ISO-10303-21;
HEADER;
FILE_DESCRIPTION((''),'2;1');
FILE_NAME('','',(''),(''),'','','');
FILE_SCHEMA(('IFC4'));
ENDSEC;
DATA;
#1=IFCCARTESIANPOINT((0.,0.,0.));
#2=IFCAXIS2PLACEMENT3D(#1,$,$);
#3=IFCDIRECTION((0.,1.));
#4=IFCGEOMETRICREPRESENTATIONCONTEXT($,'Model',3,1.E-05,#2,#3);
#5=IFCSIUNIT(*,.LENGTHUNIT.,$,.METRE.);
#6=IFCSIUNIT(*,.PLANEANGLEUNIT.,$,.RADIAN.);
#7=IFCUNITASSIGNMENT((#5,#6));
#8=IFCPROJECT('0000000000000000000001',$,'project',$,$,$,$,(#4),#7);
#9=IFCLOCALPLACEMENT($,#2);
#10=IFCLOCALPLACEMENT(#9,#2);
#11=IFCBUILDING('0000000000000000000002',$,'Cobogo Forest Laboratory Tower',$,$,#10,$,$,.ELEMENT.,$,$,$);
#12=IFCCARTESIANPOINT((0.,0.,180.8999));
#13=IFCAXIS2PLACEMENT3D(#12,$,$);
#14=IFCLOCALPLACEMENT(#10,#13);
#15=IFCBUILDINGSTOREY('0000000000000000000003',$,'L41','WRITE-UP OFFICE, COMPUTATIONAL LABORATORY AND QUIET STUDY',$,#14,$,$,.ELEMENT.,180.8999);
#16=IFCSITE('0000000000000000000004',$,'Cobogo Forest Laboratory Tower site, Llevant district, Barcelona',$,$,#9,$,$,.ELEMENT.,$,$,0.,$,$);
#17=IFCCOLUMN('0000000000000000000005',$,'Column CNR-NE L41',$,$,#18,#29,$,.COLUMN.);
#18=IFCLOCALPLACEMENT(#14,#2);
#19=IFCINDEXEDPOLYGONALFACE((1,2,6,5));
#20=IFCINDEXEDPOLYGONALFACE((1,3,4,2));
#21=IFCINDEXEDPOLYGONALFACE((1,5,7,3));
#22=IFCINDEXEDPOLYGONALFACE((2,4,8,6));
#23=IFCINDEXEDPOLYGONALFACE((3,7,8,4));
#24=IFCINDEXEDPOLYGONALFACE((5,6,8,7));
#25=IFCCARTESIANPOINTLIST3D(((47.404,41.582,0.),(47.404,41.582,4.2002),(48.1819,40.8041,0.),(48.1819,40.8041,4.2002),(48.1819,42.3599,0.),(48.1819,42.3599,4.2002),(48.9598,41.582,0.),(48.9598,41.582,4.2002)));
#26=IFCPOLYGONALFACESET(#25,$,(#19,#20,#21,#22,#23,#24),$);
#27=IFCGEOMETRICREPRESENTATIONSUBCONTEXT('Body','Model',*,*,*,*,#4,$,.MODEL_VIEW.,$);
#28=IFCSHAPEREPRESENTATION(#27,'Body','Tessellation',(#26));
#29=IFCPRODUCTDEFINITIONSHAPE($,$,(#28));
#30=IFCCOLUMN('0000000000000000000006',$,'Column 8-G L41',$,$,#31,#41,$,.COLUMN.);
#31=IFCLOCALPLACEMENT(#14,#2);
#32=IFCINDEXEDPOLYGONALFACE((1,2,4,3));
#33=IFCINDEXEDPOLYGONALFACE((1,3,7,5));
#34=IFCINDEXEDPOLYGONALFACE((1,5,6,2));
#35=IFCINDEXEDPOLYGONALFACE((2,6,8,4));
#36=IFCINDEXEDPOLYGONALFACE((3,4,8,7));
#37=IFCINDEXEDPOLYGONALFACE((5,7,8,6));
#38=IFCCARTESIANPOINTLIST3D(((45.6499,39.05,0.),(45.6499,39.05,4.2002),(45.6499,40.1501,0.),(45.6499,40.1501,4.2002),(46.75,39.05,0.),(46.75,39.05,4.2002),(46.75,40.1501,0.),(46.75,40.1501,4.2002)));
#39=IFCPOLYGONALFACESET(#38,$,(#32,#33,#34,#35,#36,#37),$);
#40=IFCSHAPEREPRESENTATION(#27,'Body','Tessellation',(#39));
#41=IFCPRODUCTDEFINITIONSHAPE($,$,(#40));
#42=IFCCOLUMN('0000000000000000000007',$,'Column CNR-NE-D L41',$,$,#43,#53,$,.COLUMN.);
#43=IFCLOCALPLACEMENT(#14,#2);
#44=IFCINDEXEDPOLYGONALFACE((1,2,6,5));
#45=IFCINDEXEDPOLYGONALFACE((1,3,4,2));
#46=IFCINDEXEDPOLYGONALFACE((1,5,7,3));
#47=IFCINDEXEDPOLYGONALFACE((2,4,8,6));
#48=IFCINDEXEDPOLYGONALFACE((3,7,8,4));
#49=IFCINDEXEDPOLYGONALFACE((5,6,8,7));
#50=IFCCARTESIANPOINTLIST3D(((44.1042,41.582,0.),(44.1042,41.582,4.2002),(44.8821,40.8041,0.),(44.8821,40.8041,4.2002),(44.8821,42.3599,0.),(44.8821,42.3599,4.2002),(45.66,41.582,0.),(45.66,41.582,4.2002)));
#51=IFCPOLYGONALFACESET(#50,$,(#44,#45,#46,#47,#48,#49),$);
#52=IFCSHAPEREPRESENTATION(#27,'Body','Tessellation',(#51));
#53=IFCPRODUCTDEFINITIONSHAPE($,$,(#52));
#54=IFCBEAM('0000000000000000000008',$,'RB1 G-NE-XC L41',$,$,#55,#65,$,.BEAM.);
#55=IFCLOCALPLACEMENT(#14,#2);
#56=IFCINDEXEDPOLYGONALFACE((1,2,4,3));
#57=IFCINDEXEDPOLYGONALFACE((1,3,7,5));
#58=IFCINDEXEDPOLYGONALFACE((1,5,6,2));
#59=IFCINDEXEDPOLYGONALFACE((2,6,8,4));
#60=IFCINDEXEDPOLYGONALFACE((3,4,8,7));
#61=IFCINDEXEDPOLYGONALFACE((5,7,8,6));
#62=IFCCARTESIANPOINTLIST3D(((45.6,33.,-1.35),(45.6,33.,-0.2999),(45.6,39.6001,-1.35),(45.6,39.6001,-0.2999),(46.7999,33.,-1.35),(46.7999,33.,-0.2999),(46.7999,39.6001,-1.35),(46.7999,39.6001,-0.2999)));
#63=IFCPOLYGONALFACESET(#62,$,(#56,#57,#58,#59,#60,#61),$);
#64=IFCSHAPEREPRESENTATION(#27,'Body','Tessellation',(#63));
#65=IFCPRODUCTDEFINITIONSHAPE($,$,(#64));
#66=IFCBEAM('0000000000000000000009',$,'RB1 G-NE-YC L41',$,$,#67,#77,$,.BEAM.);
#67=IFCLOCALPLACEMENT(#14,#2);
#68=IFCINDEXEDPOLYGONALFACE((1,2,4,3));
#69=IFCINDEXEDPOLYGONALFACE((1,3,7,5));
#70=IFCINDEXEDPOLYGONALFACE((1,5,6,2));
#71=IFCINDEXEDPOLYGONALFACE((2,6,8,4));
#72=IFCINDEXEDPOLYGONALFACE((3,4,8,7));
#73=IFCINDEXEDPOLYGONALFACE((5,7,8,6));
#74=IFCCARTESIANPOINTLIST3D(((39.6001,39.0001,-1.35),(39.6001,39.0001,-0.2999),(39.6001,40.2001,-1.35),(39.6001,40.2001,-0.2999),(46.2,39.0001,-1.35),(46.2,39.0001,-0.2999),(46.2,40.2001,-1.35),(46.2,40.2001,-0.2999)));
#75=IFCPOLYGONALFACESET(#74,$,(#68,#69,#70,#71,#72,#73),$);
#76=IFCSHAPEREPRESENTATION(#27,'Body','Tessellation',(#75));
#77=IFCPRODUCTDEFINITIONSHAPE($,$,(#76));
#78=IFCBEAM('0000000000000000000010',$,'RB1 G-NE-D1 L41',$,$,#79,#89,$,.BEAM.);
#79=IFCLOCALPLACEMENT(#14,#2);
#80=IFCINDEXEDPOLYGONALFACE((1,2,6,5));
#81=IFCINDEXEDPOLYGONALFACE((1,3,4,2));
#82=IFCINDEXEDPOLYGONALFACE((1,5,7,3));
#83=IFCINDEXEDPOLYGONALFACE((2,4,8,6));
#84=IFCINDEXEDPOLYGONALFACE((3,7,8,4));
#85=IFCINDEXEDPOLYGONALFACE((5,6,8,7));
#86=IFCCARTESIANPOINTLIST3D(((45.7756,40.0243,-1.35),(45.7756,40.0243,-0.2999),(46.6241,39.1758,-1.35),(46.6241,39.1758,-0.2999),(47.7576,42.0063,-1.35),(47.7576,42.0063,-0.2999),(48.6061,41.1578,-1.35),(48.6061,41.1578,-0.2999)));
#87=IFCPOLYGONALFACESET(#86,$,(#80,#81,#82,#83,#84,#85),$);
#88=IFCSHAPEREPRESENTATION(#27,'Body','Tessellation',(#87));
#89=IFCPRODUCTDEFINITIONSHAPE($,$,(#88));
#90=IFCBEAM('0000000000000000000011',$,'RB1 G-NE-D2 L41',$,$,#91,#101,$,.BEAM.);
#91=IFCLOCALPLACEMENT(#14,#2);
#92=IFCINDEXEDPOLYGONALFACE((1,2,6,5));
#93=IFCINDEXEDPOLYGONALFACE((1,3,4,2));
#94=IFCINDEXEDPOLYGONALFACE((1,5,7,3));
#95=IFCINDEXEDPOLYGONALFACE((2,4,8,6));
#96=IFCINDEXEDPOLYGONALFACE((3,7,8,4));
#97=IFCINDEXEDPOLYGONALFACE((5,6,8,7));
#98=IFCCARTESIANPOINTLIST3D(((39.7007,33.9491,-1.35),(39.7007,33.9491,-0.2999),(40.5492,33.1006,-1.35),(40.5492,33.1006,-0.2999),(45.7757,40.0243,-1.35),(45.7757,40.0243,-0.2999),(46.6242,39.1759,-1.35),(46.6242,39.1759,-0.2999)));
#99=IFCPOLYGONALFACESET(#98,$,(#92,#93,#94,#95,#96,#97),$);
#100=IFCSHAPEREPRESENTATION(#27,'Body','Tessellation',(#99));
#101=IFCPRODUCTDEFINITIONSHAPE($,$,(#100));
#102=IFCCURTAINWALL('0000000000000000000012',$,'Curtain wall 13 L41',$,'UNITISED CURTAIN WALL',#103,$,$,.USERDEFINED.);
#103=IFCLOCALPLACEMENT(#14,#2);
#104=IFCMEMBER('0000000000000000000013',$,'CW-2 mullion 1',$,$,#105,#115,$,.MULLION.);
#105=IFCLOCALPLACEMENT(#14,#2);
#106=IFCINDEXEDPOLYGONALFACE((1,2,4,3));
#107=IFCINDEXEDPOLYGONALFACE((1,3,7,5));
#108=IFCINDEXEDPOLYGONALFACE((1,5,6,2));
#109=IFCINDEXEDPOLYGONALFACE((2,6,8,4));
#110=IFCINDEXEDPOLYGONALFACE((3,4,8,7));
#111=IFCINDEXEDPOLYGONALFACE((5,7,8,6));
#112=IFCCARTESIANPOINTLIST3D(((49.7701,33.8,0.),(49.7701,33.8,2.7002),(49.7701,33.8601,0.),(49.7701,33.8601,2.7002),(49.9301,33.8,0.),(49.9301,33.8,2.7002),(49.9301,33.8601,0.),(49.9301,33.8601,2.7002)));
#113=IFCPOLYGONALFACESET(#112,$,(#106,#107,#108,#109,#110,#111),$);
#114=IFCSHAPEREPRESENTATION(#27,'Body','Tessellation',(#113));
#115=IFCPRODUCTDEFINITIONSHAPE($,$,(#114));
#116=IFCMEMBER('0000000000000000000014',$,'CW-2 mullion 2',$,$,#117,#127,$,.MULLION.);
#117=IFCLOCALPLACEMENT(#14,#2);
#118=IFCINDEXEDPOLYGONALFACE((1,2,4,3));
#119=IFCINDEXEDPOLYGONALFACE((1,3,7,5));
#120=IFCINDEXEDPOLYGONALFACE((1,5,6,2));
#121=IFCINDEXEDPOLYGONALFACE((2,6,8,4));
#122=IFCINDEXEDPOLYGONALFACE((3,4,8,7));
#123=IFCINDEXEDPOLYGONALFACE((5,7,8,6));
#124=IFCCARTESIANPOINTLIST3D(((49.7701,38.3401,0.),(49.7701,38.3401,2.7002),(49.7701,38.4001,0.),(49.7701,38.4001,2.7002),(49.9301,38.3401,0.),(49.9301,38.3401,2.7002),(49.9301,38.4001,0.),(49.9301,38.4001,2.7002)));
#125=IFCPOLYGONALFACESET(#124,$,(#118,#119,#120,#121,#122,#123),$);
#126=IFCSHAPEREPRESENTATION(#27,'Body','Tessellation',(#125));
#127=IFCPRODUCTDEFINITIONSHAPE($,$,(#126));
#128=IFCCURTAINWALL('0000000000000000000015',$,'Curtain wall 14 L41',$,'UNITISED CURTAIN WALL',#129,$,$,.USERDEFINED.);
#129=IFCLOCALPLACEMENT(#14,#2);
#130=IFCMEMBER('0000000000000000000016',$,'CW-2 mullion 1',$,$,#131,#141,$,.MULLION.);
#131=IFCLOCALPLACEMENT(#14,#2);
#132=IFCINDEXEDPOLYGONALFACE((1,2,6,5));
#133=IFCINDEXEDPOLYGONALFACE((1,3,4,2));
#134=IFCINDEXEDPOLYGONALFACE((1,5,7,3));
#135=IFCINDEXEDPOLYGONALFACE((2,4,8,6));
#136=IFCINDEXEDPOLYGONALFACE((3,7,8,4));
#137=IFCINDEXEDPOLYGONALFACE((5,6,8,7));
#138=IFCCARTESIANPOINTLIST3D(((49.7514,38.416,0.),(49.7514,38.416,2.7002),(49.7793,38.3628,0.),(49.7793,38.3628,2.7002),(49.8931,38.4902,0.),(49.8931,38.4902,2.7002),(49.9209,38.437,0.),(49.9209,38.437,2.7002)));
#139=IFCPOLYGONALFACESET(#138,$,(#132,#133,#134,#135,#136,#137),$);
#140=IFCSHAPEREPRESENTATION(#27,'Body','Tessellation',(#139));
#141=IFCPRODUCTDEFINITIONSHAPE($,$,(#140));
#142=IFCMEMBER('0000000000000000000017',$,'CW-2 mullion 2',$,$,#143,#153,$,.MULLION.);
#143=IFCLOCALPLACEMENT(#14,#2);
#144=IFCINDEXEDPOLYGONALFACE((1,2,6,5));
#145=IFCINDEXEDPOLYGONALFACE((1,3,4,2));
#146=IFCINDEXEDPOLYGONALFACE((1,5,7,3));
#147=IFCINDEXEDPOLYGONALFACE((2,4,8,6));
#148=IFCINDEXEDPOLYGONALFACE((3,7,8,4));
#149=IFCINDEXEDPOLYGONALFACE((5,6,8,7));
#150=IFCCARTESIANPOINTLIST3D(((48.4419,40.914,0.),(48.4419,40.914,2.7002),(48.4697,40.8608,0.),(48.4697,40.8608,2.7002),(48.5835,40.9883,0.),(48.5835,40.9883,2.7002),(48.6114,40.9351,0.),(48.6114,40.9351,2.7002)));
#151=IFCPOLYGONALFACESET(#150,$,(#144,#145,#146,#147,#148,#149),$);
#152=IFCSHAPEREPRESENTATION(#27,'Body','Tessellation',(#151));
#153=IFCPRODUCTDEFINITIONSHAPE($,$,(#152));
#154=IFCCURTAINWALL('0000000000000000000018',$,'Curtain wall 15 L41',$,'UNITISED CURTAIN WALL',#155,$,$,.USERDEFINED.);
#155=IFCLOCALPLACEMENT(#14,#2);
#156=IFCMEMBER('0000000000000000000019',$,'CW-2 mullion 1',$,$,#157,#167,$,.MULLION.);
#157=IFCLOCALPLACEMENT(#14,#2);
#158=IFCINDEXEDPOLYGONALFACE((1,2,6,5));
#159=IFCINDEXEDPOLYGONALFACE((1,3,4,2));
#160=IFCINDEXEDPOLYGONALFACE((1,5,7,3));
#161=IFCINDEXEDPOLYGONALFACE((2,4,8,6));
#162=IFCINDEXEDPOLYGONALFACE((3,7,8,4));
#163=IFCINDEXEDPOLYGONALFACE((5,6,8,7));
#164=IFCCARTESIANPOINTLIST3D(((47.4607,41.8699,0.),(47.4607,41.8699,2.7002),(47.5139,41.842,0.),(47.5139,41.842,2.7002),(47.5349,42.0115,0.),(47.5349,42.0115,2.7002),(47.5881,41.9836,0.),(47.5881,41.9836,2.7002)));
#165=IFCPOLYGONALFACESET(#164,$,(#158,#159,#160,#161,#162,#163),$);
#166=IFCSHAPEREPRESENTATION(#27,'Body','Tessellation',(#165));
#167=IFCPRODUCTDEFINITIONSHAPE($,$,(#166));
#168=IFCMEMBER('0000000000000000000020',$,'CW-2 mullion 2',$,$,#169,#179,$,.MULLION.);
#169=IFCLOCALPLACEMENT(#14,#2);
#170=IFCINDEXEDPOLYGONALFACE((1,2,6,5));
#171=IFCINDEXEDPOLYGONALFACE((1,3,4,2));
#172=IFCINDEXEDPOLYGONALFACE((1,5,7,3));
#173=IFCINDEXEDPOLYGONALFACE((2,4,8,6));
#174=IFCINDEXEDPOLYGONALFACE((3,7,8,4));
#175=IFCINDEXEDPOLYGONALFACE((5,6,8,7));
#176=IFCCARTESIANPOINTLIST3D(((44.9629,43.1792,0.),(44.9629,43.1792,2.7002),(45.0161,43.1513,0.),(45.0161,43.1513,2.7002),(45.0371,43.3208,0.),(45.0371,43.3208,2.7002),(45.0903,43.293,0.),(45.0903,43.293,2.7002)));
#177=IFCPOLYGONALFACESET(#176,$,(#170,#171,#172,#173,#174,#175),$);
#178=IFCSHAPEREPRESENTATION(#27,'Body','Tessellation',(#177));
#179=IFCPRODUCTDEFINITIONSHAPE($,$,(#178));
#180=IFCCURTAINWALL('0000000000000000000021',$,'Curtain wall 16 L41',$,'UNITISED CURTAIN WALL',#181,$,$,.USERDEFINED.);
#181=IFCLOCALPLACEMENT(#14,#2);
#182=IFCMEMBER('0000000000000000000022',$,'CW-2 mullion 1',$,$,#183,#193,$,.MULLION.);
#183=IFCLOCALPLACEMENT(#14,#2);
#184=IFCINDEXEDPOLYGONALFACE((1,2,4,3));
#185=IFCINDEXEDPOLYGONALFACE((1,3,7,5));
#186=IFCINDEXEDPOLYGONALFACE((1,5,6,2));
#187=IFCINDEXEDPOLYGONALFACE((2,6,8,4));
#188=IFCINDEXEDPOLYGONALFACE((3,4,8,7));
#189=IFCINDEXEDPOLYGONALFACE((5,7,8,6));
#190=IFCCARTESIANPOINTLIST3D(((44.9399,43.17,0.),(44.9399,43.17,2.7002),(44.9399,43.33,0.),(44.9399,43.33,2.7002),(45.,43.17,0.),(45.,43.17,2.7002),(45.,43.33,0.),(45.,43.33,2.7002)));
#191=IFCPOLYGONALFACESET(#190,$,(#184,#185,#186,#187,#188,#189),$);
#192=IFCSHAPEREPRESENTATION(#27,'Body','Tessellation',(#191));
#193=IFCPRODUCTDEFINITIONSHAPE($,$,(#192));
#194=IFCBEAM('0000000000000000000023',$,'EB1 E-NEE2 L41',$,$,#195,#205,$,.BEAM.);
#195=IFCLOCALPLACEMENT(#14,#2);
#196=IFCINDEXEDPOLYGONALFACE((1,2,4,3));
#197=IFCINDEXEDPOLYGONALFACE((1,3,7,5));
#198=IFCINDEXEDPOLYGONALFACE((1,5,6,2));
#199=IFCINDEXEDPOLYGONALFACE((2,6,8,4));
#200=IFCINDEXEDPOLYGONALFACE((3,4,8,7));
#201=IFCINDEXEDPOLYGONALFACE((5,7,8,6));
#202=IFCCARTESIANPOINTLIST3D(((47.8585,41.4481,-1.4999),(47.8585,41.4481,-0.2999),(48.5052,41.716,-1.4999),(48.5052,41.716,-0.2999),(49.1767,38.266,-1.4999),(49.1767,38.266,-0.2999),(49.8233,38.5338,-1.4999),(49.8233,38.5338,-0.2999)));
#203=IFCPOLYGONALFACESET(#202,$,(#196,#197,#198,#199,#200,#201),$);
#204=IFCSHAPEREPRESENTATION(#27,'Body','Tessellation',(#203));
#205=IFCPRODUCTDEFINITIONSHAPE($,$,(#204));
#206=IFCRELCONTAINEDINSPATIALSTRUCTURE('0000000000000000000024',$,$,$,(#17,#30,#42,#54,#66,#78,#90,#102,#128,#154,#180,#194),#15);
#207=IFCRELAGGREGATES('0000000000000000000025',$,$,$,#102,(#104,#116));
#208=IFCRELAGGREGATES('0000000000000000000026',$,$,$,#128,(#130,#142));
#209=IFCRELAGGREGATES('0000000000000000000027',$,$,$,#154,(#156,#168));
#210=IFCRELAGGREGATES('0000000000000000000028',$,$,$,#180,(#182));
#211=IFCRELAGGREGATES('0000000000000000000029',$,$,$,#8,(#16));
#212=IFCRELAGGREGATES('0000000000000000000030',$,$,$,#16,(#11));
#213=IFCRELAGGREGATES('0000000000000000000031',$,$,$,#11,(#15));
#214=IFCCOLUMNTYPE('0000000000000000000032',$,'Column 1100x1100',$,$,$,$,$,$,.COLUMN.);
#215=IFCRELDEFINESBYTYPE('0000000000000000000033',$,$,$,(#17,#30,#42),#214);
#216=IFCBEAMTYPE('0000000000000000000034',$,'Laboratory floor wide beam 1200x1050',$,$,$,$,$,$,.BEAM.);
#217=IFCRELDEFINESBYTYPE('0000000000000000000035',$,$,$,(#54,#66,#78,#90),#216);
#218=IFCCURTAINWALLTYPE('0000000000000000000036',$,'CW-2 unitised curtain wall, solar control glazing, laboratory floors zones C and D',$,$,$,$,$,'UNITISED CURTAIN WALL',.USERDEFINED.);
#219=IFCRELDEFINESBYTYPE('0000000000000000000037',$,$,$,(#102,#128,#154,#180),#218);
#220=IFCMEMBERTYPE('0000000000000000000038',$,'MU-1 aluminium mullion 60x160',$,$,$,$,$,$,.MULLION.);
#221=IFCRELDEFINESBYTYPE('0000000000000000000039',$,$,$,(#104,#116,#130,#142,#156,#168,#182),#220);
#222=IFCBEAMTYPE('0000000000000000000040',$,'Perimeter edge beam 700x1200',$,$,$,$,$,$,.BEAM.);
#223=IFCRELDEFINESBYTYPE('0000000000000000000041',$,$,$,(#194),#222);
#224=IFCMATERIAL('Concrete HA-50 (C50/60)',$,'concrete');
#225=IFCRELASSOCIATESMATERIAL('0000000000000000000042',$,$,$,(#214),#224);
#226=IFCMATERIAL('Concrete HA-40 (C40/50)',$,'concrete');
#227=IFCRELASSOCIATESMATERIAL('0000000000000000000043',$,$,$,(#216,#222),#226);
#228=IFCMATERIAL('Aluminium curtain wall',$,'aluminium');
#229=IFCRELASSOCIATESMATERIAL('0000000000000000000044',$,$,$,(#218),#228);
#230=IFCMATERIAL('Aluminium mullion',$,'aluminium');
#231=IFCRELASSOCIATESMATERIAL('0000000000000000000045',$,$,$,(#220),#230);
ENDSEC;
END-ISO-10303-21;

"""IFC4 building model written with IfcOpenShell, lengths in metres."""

from ifc_helpers import new_model, si_unit, direction, frame, origin, origin_2d, place, context, subcontext, project, spatial, rectangle, extrude, material, material_profile, profile_set, type_object, element, aggregate, save


model = new_model("IFC4")

# Units and contexts
model_context = context("Model", 3, precision=1e-05, world=origin(), true_north=direction((0.0, 1.0)))
body_context = subcontext(model_context, "Body", "Model", "MODEL_VIEW")
ifc_project = project(units=[si_unit("LENGTHUNIT", "METRE"), si_unit("PLANEANGLEUNIT", "RADIAN")], contexts=[model_context])

# Site, building, storey
site_placement = place(None, origin())
site = spatial("IfcSite", under=ifc_project, at=site_placement, Name="Cobogo Forest Laboratory Tower site, Llevant district, Barcelona", CompositionType="ELEMENT", RefElevation=0.0)
building_placement = place(site_placement, origin())
building = spatial("IfcBuilding", under=site, at=building_placement, Name="Cobogo Forest Laboratory Tower", CompositionType="ELEMENT")
storey_placement = place(building_placement, frame((0.0, 0.0, 180.8999)))
storey = spatial("IfcBuildingStorey", under=building, at=storey_placement, Name="L41", Description="WRITE-UP OFFICE, COMPUTATIONAL LABORATORY AND QUIET STUDY", CompositionType="ELEMENT", Elevation=180.8999)

# Columns
ifc_material_1 = material(Name="Concrete HA-50 (C50/60)", Category="concrete")
ifc_material_profile_1 = material_profile(ifc_material_1, rectangle(XDim=1.1001, YDim=1.1001, at=origin_2d()), Name="RC 1100x1100")
ifc_profile_set_1 = profile_set([ifc_material_profile_1], Name="Concrete HA-50 (C50/60)")
column_type = type_object("IfcColumnType", Name="Column 1100x1100", PredefinedType="COLUMN", material=ifc_profile_set_1)
for number, where, z_axis, x_axis, name in (
    (1, (48.1819, 41.582, 0.0), (0.0, 0.0, 1.0), (0.707107, 0.707107, 0.0), "Column CNR-NE L41"),
    (2, (46.2, 39.6001, 0.0), (0.0, 0.0, 1.0), (1.0, 0.0, 0.0), "Column 8-G L41"),
    (3, (44.8821, 41.582, 0.0), (0.0, 0.0, 1.0), (0.707107, 0.707107, 0.0), "Column CNR-NE-D L41"),
):
    element("IfcColumn", number, at=place(storey_placement, frame(where, z_axis=z_axis, x_axis=x_axis)), inside=storey, type_object=column_type, Name=name, PredefinedType="COLUMN", context=body_context, shape_type="SweptSolid", body=[
        extrude(rectangle(XDim=1.1001, YDim=1.1001, at=origin_2d()), origin(), (0.0, 0.0, 1.0), 4.2002),
    ])

# Beams
ifc_material_2 = material(Name="Concrete HA-40 (C40/50)", Category="concrete")
ifc_material_profile_2 = material_profile(ifc_material_2, rectangle(XDim=1.2, YDim=1.05, at=origin_2d()), Name="RC 1200x1050")
ifc_profile_set_2 = profile_set([ifc_material_profile_2], Name="Concrete HA-40 (C40/50)")
beam_type_1 = type_object("IfcBeamType", Name="Laboratory floor wide beam 1200x1050", PredefinedType="BEAM", material=ifc_profile_set_2)
beam_1_placement = place(storey_placement, frame((46.2, 39.6001, -0.825), z_axis=(0.0, -1.0, 0.0), x_axis=(1.0, 0.0, 0.0)))
element("IfcBeam", 4, at=beam_1_placement, inside=storey, type_object=beam_type_1, Name="RB1 G-NE-XC L41", PredefinedType="BEAM", context=body_context, shape_type="SweptSolid", body=[
    extrude(rectangle(XDim=1.2, YDim=1.05, at=origin_2d()), origin(), (0.0, 0.0, 1.0), 6.6001),
])
beam_2_placement = place(storey_placement, frame((46.2, 39.6001, -0.825), z_axis=(-1.0, 0.0, 0.0), x_axis=(0.0, -1.0, 0.0)))
element("IfcBeam", 5, at=beam_2_placement, inside=storey, type_object=beam_type_1, Name="RB1 G-NE-YC L41", PredefinedType="BEAM", context=body_context, shape_type="SweptSolid", body=[
    extrude(rectangle(XDim=1.2, YDim=1.05, at=origin_2d()), origin(), (0.0, 0.0, 1.0), 6.5999),
])
beam_3_placement = place(storey_placement, frame((48.1819, 41.582, -0.825), z_axis=(-0.707107, -0.707107, 0.0), x_axis=(0.707107, -0.707107, 0.0)))
element("IfcBeam", 6, at=beam_3_placement, inside=storey, type_object=beam_type_1, Name="RB1 G-NE-D1 L41", PredefinedType="BEAM", context=body_context, shape_type="SweptSolid", body=[
    extrude(rectangle(XDim=1.2, YDim=1.05, at=origin_2d()), origin(), (0.0, 0.0, 1.0), 2.803),
])
beam_4_placement = place(storey_placement, frame((46.2, 39.6001, -0.825), z_axis=(-0.707093, -0.707121, 0.0), x_axis=(0.707121, -0.707093, 0.0)))
element("IfcBeam", 7, at=beam_4_placement, inside=storey, type_object=beam_type_1, Name="RB1 G-NE-D2 L41", PredefinedType="BEAM", context=body_context, shape_type="SweptSolid", body=[
    extrude(rectangle(XDim=1.2, YDim=1.05, at=origin_2d()), origin(), (0.0, 0.0, 1.0), 8.5916),
])

# Curtain walls, members
ifc_material_3 = material(Name="Aluminium curtain wall", Category="aluminium")
curtain_wall_type = type_object("IfcCurtainWallType", Name="CW-2 unitised curtain wall, solar control glazing, laboratory floors zones C and D", ElementType="UNITISED CURTAIN WALL", PredefinedType="USERDEFINED", material=ifc_material_3)
curtain_wall_1_placement = place(storey_placement, origin())
curtain_wall_1 = element("IfcCurtainWall", 8, at=curtain_wall_1_placement, inside=storey, type_object=curtain_wall_type, Name="Curtain wall 13 L41", ObjectType="UNITISED CURTAIN WALL", PredefinedType="USERDEFINED")
ifc_material_4 = material(Name="Aluminium mullion", Category="aluminium")
ifc_material_profile_3 = material_profile(ifc_material_4, rectangle(XDim=0.0601, YDim=0.1599, at=origin_2d()), Name="AL 60x160")
ifc_profile_set_3 = profile_set([ifc_material_profile_3], Name="Aluminium mullion")
member_type_1 = type_object("IfcMemberType", Name="MU-1 aluminium mullion 60x160", PredefinedType="MULLION", material=ifc_profile_set_3)
member_1_placement = place(storey_placement, frame((49.8501, 33.8301, 0.0), z_axis=(0.0, 0.0, 1.0), x_axis=(0.0, 1.0, 0.0)))
member_1 = element("IfcMember", 9, at=member_1_placement, type_object=member_type_1, Name="CW-2 mullion 1", PredefinedType="MULLION", context=body_context, shape_type="SweptSolid", body=[
    extrude(rectangle(XDim=0.0601, YDim=0.1599, at=origin_2d()), origin(), (0.0, 0.0, 1.0), 2.7002),
])
member_2_placement = place(storey_placement, frame((49.8501, 38.3701, 0.0), z_axis=(0.0, 0.0, 1.0), x_axis=(0.0, 1.0, 0.0)))
member_2 = element("IfcMember", 10, at=member_2_placement, type_object=member_type_1, Name="CW-2 mullion 2", PredefinedType="MULLION", context=body_context, shape_type="SweptSolid", body=[
    extrude(rectangle(XDim=0.0601, YDim=0.1599, at=origin_2d()), origin(), (0.0, 0.0, 1.0), 2.7002),
])
curtain_wall_2_placement = place(storey_placement, origin())
curtain_wall_2 = element("IfcCurtainWall", 11, at=curtain_wall_2_placement, inside=storey, type_object=curtain_wall_type, Name="Curtain wall 14 L41", ObjectType="UNITISED CURTAIN WALL", PredefinedType="USERDEFINED")
member_3_placement = place(storey_placement, frame((49.8362, 38.4265, 0.0), z_axis=(0.0, 0.0, 1.0), x_axis=(-0.464284, 0.885686, 0.0)))
member_3 = element("IfcMember", 12, at=member_3_placement, type_object=member_type_1, Name="CW-2 mullion 1", PredefinedType="MULLION", context=body_context, shape_type="SweptSolid", body=[
    extrude(rectangle(XDim=0.0601, YDim=0.1599, at=origin_2d()), origin(), (0.0, 0.0, 1.0), 2.7002),
])
member_4_placement = place(storey_placement, frame((48.5266, 40.9246, 0.0), z_axis=(0.0, 0.0, 1.0), x_axis=(-0.464284, 0.885686, 0.0)))
member_4 = element("IfcMember", 13, at=member_4_placement, type_object=member_type_1, Name="CW-2 mullion 2", PredefinedType="MULLION", context=body_context, shape_type="SweptSolid", body=[
    extrude(rectangle(XDim=0.0601, YDim=0.1599, at=origin_2d()), origin(), (0.0, 0.0, 1.0), 2.7002),
])
curtain_wall_3_placement = place(storey_placement, origin())
curtain_wall_3 = element("IfcCurtainWall", 14, at=curtain_wall_3_placement, inside=storey, type_object=curtain_wall_type, Name="Curtain wall 15 L41", ObjectType="UNITISED CURTAIN WALL", PredefinedType="USERDEFINED")
member_5_placement = place(storey_placement, frame((47.5244, 41.9268, 0.0), z_axis=(0.0, 0.0, 1.0), x_axis=(-0.885686, 0.464284, 0.0)))
member_5 = element("IfcMember", 15, at=member_5_placement, type_object=member_type_1, Name="CW-2 mullion 1", PredefinedType="MULLION", context=body_context, shape_type="SweptSolid", body=[
    extrude(rectangle(XDim=0.0601, YDim=0.1599, at=origin_2d()), origin(), (0.0, 0.0, 1.0), 2.7002),
])
member_6_placement = place(storey_placement, frame((45.0266, 43.2361, 0.0), z_axis=(0.0, 0.0, 1.0), x_axis=(-0.885686, 0.464284, 0.0)))
member_6 = element("IfcMember", 16, at=member_6_placement, type_object=member_type_1, Name="CW-2 mullion 2", PredefinedType="MULLION", context=body_context, shape_type="SweptSolid", body=[
    extrude(rectangle(XDim=0.0601, YDim=0.1599, at=origin_2d()), origin(), (0.0, 0.0, 1.0), 2.7002),
])

# Curtain wall, member
curtain_wall_4_placement = place(storey_placement, origin())
curtain_wall_4 = element("IfcCurtainWall", 17, at=curtain_wall_4_placement, inside=storey, type_object=curtain_wall_type, Name="Curtain wall 16 L41", ObjectType="UNITISED CURTAIN WALL", PredefinedType="USERDEFINED")
member_7_placement = place(storey_placement, frame((44.97, 43.25, 0.0), z_axis=(0.0, 0.0, 1.0), x_axis=(-1.0, 0.0, 0.0)))
member_7 = element("IfcMember", 18, at=member_7_placement, type_object=member_type_1, Name="CW-2 mullion 1", PredefinedType="MULLION", context=body_context, shape_type="SweptSolid", body=[
    extrude(rectangle(XDim=0.0601, YDim=0.1599, at=origin_2d()), origin(), (0.0, 0.0, 1.0), 2.7002),
])

# Beam
ifc_material_profile_4 = material_profile(ifc_material_2, rectangle(XDim=0.7, YDim=1.2, at=origin_2d()), Name="RC 700x1200")
ifc_profile_set_4 = profile_set([ifc_material_profile_4], Name="Concrete HA-40 (C40/50)")
beam_type_2 = type_object("IfcBeamType", Name="Perimeter edge beam 700x1200", PredefinedType="BEAM", material=ifc_profile_set_4)
beam_5_placement = place(storey_placement, frame((49.5, 38.3999, -0.8999), z_axis=(-0.382692, 0.923876, 0.0), x_axis=(-0.923876, -0.382692, 0.0)))
element("IfcBeam", 19, at=beam_5_placement, inside=storey, type_object=beam_type_2, Name="EB1 E-NEE2 L41", PredefinedType="BEAM", context=body_context, shape_type="SweptSolid", body=[
    extrude(rectangle(XDim=0.7, YDim=1.2, at=origin_2d()), origin(), (0.0, 0.0, 1.0), 3.4443),
])

aggregate(curtain_wall_1, [member_1, member_2])
aggregate(curtain_wall_2, [member_3, member_4])
aggregate(curtain_wall_3, [member_5, member_6])
aggregate(curtain_wall_4, [member_7])

save(model, "model.ifc")
